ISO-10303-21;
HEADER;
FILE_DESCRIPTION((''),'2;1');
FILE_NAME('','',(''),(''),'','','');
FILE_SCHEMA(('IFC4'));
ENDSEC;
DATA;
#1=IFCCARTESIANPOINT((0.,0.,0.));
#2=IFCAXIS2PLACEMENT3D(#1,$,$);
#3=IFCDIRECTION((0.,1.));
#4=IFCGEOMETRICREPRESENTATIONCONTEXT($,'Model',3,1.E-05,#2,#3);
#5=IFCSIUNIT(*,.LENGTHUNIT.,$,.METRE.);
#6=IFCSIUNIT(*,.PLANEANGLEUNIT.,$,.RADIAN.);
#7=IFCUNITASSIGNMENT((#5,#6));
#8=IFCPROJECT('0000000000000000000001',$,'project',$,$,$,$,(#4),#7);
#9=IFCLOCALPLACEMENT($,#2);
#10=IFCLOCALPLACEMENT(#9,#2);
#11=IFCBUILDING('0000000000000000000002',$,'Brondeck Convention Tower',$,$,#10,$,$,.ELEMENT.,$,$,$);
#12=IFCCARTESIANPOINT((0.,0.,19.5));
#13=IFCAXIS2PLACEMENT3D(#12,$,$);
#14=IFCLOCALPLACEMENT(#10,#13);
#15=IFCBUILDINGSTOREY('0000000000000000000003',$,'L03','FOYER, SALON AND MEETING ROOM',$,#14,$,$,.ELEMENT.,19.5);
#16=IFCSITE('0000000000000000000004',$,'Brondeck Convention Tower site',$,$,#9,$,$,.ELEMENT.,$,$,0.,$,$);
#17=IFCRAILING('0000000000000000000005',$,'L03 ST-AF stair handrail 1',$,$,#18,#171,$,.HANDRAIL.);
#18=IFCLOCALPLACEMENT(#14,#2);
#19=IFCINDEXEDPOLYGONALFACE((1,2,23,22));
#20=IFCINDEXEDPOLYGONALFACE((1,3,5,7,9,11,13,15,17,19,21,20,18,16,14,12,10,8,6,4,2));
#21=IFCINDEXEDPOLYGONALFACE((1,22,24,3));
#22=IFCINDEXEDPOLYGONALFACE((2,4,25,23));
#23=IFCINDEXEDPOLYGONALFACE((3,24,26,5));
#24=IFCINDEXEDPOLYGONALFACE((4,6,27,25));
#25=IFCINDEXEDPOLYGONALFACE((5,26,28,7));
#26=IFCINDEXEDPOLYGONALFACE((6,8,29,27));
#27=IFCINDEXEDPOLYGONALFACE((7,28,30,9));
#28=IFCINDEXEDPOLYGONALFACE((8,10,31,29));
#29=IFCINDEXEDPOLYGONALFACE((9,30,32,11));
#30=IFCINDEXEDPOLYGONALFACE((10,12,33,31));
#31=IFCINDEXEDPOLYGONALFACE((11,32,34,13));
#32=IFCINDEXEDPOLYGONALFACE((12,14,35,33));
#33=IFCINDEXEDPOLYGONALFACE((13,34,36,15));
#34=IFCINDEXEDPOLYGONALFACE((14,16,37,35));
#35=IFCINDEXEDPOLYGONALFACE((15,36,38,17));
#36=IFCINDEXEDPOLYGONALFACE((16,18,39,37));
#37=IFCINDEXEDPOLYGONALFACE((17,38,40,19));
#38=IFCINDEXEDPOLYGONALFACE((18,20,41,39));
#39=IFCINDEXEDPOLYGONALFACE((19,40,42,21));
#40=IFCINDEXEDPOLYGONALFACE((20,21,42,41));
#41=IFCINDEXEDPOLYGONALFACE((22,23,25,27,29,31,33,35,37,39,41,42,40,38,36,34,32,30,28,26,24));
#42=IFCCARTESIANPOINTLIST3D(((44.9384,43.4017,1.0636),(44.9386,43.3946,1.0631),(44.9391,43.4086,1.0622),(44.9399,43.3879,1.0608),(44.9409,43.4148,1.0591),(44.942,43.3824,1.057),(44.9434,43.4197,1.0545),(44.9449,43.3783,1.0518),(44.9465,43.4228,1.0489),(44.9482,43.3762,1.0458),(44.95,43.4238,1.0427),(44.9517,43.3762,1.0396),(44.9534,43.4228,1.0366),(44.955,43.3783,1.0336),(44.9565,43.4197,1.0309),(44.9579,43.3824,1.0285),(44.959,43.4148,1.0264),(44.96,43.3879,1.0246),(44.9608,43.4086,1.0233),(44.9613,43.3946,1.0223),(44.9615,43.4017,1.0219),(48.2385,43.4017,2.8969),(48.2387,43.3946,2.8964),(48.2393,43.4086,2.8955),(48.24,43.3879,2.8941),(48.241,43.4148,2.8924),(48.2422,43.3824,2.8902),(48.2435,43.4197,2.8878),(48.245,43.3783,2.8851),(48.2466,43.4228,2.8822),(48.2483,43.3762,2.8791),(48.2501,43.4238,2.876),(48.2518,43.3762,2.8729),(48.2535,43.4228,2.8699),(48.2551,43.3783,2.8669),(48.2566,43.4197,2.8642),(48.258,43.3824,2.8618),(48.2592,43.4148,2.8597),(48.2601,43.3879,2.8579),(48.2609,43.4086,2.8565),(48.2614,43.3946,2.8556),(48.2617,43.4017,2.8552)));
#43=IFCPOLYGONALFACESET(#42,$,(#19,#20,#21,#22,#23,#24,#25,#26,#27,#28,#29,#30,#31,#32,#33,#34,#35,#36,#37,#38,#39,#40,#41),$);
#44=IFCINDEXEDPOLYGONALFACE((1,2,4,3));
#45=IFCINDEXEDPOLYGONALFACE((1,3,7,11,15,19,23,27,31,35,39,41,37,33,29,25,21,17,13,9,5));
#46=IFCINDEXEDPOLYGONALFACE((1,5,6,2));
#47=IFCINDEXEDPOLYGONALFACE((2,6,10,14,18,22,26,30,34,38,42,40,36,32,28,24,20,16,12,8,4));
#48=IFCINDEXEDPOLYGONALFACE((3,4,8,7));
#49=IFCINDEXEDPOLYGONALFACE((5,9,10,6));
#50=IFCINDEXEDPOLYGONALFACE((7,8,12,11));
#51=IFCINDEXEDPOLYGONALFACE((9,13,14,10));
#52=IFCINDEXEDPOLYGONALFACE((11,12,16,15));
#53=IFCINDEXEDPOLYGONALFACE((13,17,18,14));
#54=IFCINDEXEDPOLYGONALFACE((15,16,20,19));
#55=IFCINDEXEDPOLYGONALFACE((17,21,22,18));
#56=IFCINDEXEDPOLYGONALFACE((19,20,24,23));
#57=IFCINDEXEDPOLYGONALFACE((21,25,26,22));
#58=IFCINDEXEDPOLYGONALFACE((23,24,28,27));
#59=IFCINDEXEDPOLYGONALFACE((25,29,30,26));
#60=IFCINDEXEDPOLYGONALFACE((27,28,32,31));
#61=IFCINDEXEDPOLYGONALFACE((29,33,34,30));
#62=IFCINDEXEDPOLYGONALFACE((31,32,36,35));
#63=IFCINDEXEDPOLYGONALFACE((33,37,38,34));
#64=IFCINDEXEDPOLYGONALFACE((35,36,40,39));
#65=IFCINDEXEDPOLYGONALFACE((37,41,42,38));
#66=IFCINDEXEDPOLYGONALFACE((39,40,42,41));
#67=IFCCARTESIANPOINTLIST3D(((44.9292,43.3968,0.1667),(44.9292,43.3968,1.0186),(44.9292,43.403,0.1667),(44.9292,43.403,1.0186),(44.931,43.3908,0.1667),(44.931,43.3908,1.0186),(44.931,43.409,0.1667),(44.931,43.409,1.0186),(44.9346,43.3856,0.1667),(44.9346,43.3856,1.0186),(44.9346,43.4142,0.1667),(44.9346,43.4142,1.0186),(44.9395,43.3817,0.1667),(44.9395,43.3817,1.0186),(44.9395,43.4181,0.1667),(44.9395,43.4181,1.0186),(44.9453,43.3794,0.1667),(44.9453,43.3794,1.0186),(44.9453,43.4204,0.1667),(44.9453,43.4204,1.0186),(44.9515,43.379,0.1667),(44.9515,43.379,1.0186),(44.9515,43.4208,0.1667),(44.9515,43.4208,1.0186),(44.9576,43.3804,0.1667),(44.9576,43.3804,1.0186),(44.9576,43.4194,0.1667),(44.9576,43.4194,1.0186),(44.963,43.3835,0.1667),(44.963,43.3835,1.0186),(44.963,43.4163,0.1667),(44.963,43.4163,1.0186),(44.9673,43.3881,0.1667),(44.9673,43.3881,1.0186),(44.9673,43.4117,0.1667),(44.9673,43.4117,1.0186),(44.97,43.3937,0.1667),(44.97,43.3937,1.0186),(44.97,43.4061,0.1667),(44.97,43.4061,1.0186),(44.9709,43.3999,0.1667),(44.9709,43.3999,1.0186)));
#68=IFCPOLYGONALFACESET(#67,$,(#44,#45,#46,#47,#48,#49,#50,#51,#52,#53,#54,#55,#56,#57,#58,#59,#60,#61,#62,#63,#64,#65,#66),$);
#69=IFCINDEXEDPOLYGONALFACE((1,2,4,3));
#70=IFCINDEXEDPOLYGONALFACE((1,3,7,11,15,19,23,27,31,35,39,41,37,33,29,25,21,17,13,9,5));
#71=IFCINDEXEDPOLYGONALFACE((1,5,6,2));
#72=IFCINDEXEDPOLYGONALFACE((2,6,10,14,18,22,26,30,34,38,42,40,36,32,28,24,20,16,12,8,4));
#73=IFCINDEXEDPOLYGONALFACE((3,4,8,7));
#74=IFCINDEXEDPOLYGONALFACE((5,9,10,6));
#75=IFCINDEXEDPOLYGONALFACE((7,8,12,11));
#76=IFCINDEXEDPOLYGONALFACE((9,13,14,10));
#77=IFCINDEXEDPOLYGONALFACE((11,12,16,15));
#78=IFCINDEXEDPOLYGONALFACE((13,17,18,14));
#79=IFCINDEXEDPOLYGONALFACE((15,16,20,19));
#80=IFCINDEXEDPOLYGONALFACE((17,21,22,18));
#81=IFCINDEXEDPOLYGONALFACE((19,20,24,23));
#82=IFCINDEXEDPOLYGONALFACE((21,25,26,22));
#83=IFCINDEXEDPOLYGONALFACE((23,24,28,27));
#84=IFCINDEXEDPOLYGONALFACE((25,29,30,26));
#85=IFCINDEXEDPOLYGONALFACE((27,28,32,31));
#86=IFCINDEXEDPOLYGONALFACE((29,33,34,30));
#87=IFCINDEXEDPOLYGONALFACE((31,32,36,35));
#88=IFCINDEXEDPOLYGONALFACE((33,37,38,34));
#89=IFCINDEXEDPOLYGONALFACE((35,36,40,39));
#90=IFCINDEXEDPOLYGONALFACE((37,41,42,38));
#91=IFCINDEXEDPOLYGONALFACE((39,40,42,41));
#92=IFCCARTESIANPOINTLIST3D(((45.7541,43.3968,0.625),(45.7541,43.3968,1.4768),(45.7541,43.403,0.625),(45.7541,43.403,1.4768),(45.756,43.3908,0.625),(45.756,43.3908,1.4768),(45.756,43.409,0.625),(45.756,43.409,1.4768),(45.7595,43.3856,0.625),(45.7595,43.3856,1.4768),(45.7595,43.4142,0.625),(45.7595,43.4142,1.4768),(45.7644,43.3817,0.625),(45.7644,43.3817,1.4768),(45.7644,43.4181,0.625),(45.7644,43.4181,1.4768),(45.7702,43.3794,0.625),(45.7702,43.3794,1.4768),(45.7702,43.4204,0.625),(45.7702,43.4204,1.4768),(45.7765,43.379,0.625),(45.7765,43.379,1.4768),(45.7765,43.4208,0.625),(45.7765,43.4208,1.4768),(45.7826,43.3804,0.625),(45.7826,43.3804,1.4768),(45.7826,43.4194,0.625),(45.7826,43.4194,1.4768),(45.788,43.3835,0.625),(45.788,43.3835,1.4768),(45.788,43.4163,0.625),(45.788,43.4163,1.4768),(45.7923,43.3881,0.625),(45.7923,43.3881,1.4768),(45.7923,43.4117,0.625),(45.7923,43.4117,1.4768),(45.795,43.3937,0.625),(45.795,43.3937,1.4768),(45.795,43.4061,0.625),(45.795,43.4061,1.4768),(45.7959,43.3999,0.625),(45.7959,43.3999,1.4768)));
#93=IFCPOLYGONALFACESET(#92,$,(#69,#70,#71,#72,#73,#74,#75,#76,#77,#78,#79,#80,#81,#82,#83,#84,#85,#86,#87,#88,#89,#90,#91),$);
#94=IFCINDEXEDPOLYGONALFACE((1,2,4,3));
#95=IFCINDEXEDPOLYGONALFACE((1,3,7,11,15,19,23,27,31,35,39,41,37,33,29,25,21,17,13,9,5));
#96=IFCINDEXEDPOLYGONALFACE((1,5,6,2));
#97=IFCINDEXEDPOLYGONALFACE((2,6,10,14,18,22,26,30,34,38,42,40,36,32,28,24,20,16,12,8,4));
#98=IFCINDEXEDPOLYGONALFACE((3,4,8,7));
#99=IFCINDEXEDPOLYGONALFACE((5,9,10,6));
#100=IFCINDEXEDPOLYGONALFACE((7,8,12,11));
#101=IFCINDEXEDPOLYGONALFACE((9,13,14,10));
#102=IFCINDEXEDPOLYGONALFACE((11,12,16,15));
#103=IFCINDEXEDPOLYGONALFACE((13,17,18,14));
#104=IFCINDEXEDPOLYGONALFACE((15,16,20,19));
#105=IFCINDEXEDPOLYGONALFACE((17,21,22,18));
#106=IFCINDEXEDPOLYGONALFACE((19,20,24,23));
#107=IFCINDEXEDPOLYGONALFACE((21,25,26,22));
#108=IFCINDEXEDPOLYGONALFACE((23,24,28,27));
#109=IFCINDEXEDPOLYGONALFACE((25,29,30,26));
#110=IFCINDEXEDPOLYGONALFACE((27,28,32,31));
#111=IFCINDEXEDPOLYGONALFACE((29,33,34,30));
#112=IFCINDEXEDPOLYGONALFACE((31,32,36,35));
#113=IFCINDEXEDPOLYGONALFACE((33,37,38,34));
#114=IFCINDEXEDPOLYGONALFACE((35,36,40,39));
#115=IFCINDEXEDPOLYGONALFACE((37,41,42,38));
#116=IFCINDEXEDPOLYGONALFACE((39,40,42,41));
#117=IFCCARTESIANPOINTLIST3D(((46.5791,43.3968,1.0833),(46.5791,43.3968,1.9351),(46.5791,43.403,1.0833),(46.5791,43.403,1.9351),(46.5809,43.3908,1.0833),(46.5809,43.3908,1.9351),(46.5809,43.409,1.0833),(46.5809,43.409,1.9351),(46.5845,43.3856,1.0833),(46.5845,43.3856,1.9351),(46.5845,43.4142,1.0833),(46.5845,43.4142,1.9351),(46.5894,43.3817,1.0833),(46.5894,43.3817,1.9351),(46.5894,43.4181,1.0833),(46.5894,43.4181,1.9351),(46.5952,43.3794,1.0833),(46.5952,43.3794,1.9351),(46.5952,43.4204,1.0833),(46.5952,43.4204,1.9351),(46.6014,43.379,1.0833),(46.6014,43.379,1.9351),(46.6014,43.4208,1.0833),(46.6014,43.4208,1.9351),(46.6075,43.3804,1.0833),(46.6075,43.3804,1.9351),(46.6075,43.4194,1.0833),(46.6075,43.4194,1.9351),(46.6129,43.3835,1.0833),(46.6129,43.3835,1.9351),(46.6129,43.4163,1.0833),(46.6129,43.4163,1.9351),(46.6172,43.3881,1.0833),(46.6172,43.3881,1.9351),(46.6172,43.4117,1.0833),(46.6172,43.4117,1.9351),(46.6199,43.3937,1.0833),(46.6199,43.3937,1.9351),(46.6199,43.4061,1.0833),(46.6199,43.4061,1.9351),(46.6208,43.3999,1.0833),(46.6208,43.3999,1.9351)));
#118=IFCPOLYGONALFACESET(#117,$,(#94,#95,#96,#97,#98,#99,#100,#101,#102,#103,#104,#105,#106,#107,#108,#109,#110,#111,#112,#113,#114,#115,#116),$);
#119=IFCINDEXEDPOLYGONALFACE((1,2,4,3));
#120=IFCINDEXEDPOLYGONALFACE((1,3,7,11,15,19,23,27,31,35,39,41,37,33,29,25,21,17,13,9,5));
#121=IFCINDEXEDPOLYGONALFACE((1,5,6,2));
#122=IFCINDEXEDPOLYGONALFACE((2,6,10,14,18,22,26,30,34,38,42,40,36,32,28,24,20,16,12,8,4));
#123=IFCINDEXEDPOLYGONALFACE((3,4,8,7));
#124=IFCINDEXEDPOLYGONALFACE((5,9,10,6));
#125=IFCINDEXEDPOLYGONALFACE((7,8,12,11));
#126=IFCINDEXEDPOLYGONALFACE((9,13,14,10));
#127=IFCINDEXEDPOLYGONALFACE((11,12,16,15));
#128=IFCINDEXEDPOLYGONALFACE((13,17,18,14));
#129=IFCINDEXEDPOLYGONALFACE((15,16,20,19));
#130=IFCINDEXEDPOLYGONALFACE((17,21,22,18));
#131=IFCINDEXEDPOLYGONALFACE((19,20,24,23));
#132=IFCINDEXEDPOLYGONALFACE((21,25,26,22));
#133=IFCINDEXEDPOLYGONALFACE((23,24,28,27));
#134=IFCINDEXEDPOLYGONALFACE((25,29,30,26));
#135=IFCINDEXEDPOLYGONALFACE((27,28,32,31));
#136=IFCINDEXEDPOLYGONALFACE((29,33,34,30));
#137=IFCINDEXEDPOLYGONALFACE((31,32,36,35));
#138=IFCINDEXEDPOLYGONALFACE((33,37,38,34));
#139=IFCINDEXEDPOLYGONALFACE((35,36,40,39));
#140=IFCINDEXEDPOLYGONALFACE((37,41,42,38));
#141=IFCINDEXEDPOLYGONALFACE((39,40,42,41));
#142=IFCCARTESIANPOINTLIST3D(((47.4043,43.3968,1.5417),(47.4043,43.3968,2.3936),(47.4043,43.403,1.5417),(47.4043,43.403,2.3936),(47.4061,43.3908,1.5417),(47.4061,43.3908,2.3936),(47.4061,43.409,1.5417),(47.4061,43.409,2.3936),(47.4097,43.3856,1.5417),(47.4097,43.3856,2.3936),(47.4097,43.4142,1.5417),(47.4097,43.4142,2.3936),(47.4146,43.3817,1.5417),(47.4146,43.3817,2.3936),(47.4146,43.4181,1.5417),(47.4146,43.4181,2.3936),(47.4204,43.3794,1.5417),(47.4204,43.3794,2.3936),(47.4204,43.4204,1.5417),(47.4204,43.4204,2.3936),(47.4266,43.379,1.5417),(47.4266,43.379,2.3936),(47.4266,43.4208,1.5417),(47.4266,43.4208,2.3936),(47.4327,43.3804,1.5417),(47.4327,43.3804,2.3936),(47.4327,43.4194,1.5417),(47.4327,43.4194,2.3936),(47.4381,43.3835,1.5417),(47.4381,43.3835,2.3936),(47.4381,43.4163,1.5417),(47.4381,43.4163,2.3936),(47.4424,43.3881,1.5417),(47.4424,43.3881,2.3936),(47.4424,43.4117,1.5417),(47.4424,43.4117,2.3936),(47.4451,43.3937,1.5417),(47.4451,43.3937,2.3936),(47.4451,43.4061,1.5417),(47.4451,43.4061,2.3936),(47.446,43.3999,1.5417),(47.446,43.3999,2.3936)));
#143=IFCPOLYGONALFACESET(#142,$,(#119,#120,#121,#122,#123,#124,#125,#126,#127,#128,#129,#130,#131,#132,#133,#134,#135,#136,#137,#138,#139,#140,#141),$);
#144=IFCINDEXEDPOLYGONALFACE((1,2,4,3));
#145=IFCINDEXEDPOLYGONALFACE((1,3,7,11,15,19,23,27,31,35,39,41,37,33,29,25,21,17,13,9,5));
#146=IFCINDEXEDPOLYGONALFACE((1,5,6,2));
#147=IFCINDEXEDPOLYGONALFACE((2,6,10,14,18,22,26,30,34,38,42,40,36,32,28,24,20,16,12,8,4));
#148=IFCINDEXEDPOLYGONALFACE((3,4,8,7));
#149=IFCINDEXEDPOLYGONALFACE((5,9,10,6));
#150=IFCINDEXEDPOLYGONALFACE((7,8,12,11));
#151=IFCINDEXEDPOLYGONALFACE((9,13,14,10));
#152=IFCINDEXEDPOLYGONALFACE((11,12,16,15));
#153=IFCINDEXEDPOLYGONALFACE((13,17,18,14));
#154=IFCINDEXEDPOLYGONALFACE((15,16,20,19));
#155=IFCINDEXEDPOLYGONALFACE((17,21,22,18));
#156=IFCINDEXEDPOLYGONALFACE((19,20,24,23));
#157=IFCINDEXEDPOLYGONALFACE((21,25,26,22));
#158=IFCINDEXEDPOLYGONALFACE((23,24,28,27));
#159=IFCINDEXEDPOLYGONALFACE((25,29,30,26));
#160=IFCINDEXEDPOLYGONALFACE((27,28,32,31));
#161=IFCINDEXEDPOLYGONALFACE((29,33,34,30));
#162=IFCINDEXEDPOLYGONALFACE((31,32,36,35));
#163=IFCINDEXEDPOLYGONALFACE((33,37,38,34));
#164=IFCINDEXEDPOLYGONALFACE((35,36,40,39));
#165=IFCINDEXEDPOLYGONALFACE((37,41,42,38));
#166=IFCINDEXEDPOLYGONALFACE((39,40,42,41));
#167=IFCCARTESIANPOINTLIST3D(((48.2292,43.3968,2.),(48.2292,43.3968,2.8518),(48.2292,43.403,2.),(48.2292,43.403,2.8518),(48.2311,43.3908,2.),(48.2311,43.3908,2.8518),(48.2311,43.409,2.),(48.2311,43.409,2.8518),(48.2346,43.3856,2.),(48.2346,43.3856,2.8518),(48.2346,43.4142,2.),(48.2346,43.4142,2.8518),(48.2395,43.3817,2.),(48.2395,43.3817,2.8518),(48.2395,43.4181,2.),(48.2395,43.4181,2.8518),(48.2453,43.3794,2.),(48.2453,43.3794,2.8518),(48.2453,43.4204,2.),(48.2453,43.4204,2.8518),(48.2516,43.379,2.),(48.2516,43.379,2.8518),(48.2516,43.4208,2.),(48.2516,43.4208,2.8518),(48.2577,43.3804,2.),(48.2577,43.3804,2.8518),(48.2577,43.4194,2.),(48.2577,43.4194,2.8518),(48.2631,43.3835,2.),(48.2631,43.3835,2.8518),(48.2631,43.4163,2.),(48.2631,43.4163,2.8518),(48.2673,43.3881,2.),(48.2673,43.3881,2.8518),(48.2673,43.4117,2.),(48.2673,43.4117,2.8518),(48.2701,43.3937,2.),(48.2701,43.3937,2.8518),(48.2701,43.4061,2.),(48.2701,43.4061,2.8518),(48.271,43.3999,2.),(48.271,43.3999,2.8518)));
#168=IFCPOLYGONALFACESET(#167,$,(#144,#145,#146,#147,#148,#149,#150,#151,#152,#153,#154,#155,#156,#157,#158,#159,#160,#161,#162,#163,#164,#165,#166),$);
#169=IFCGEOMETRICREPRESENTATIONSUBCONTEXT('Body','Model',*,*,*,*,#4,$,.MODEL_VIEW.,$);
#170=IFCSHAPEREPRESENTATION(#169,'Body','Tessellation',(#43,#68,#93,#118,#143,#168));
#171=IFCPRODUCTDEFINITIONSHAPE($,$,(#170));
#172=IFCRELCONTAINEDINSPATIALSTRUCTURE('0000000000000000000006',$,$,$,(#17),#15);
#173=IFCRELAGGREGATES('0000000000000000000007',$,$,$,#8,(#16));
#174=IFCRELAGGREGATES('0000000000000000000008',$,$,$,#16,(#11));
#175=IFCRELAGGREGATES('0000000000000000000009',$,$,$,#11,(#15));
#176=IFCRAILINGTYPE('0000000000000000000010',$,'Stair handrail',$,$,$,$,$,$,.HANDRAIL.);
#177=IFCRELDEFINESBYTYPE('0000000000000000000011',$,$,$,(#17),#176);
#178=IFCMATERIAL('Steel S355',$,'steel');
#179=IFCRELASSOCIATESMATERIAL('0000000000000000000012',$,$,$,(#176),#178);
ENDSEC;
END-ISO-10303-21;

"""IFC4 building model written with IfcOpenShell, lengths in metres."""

from ifc_helpers import new_model, si_unit, direction, frame, origin, origin_2d, place, context, subcontext, project, spatial, circle, extrude, material, type_object, element, save


model = new_model("IFC4")

# Units and contexts
model_context = context("Model", 3, precision=1e-05, world=origin(), true_north=direction((0.0, 1.0)))
body_context = subcontext(model_context, "Body", "Model", "MODEL_VIEW")
ifc_project = project(units=[si_unit("LENGTHUNIT", "METRE"), si_unit("PLANEANGLEUNIT", "RADIAN")], contexts=[model_context])

# Site, building, storey
site_placement = place(None, origin())
site = spatial("IfcSite", under=ifc_project, at=site_placement, Name="Brondeck Convention Tower site", CompositionType="ELEMENT", RefElevation=0.0)
building_placement = place(site_placement, origin())
building = spatial("IfcBuilding", under=site, at=building_placement, Name="Brondeck Convention Tower", CompositionType="ELEMENT")
storey_placement = place(building_placement, frame((0.0, 0.0, 19.5)))
storey = spatial("IfcBuildingStorey", under=building, at=storey_placement, Name="L03", Description="FOYER, SALON AND MEETING ROOM", CompositionType="ELEMENT", Elevation=19.5)

# Shared definitions
ifc_material_1 = material(Name="Steel S355", Category="steel")

# Railing
railing_type_1 = type_object("IfcRailingType", Name="Stair handrail", PredefinedType="HANDRAIL", material=ifc_material_1)
for number, where, name in (
    (1, (44.95, 43.3999, 0.1667), "L03 ST-AF stair handrail 1"),
):
    element("IfcRailing", number, at=place(storey_placement, frame(where)), inside=storey, type_object=railing_type_1, Name=name, PredefinedType="HANDRAIL", context=body_context, shape_type="SweptSolid", body=[
        extrude(circle(Radius=0.0239, at=origin_2d()), frame((0.0, 0.0, 0.876), z_axis=(0.874169, 0.0, 0.485621), x_axis=(0.0, 1.0, 0.0)), (0.0, 0.0, 1.0), 3.7751),
        extrude(circle(Radius=0.021, at=origin_2d()), origin(), (0.0, 0.0, 1.0), 0.8518),
        extrude(circle(Radius=0.021, at=origin_2d()), frame((0.825, 0.0, 0.4583)), (0.0, 0.0, 1.0), 0.8518),
        extrude(circle(Radius=0.021, at=origin_2d()), frame((1.6499, 0.0, 0.9165)), (0.0, 0.0, 1.0), 0.8518),
        extrude(circle(Radius=0.021, at=origin_2d()), frame((2.4751, 0.0, 1.375)), (0.0, 0.0, 1.0), 0.8518),
        extrude(circle(Radius=0.021, at=origin_2d()), frame((3.3, 0.0, 1.8333)), (0.0, 0.0, 1.0), 0.8518),
    ])

save(model, "model.ifc")
